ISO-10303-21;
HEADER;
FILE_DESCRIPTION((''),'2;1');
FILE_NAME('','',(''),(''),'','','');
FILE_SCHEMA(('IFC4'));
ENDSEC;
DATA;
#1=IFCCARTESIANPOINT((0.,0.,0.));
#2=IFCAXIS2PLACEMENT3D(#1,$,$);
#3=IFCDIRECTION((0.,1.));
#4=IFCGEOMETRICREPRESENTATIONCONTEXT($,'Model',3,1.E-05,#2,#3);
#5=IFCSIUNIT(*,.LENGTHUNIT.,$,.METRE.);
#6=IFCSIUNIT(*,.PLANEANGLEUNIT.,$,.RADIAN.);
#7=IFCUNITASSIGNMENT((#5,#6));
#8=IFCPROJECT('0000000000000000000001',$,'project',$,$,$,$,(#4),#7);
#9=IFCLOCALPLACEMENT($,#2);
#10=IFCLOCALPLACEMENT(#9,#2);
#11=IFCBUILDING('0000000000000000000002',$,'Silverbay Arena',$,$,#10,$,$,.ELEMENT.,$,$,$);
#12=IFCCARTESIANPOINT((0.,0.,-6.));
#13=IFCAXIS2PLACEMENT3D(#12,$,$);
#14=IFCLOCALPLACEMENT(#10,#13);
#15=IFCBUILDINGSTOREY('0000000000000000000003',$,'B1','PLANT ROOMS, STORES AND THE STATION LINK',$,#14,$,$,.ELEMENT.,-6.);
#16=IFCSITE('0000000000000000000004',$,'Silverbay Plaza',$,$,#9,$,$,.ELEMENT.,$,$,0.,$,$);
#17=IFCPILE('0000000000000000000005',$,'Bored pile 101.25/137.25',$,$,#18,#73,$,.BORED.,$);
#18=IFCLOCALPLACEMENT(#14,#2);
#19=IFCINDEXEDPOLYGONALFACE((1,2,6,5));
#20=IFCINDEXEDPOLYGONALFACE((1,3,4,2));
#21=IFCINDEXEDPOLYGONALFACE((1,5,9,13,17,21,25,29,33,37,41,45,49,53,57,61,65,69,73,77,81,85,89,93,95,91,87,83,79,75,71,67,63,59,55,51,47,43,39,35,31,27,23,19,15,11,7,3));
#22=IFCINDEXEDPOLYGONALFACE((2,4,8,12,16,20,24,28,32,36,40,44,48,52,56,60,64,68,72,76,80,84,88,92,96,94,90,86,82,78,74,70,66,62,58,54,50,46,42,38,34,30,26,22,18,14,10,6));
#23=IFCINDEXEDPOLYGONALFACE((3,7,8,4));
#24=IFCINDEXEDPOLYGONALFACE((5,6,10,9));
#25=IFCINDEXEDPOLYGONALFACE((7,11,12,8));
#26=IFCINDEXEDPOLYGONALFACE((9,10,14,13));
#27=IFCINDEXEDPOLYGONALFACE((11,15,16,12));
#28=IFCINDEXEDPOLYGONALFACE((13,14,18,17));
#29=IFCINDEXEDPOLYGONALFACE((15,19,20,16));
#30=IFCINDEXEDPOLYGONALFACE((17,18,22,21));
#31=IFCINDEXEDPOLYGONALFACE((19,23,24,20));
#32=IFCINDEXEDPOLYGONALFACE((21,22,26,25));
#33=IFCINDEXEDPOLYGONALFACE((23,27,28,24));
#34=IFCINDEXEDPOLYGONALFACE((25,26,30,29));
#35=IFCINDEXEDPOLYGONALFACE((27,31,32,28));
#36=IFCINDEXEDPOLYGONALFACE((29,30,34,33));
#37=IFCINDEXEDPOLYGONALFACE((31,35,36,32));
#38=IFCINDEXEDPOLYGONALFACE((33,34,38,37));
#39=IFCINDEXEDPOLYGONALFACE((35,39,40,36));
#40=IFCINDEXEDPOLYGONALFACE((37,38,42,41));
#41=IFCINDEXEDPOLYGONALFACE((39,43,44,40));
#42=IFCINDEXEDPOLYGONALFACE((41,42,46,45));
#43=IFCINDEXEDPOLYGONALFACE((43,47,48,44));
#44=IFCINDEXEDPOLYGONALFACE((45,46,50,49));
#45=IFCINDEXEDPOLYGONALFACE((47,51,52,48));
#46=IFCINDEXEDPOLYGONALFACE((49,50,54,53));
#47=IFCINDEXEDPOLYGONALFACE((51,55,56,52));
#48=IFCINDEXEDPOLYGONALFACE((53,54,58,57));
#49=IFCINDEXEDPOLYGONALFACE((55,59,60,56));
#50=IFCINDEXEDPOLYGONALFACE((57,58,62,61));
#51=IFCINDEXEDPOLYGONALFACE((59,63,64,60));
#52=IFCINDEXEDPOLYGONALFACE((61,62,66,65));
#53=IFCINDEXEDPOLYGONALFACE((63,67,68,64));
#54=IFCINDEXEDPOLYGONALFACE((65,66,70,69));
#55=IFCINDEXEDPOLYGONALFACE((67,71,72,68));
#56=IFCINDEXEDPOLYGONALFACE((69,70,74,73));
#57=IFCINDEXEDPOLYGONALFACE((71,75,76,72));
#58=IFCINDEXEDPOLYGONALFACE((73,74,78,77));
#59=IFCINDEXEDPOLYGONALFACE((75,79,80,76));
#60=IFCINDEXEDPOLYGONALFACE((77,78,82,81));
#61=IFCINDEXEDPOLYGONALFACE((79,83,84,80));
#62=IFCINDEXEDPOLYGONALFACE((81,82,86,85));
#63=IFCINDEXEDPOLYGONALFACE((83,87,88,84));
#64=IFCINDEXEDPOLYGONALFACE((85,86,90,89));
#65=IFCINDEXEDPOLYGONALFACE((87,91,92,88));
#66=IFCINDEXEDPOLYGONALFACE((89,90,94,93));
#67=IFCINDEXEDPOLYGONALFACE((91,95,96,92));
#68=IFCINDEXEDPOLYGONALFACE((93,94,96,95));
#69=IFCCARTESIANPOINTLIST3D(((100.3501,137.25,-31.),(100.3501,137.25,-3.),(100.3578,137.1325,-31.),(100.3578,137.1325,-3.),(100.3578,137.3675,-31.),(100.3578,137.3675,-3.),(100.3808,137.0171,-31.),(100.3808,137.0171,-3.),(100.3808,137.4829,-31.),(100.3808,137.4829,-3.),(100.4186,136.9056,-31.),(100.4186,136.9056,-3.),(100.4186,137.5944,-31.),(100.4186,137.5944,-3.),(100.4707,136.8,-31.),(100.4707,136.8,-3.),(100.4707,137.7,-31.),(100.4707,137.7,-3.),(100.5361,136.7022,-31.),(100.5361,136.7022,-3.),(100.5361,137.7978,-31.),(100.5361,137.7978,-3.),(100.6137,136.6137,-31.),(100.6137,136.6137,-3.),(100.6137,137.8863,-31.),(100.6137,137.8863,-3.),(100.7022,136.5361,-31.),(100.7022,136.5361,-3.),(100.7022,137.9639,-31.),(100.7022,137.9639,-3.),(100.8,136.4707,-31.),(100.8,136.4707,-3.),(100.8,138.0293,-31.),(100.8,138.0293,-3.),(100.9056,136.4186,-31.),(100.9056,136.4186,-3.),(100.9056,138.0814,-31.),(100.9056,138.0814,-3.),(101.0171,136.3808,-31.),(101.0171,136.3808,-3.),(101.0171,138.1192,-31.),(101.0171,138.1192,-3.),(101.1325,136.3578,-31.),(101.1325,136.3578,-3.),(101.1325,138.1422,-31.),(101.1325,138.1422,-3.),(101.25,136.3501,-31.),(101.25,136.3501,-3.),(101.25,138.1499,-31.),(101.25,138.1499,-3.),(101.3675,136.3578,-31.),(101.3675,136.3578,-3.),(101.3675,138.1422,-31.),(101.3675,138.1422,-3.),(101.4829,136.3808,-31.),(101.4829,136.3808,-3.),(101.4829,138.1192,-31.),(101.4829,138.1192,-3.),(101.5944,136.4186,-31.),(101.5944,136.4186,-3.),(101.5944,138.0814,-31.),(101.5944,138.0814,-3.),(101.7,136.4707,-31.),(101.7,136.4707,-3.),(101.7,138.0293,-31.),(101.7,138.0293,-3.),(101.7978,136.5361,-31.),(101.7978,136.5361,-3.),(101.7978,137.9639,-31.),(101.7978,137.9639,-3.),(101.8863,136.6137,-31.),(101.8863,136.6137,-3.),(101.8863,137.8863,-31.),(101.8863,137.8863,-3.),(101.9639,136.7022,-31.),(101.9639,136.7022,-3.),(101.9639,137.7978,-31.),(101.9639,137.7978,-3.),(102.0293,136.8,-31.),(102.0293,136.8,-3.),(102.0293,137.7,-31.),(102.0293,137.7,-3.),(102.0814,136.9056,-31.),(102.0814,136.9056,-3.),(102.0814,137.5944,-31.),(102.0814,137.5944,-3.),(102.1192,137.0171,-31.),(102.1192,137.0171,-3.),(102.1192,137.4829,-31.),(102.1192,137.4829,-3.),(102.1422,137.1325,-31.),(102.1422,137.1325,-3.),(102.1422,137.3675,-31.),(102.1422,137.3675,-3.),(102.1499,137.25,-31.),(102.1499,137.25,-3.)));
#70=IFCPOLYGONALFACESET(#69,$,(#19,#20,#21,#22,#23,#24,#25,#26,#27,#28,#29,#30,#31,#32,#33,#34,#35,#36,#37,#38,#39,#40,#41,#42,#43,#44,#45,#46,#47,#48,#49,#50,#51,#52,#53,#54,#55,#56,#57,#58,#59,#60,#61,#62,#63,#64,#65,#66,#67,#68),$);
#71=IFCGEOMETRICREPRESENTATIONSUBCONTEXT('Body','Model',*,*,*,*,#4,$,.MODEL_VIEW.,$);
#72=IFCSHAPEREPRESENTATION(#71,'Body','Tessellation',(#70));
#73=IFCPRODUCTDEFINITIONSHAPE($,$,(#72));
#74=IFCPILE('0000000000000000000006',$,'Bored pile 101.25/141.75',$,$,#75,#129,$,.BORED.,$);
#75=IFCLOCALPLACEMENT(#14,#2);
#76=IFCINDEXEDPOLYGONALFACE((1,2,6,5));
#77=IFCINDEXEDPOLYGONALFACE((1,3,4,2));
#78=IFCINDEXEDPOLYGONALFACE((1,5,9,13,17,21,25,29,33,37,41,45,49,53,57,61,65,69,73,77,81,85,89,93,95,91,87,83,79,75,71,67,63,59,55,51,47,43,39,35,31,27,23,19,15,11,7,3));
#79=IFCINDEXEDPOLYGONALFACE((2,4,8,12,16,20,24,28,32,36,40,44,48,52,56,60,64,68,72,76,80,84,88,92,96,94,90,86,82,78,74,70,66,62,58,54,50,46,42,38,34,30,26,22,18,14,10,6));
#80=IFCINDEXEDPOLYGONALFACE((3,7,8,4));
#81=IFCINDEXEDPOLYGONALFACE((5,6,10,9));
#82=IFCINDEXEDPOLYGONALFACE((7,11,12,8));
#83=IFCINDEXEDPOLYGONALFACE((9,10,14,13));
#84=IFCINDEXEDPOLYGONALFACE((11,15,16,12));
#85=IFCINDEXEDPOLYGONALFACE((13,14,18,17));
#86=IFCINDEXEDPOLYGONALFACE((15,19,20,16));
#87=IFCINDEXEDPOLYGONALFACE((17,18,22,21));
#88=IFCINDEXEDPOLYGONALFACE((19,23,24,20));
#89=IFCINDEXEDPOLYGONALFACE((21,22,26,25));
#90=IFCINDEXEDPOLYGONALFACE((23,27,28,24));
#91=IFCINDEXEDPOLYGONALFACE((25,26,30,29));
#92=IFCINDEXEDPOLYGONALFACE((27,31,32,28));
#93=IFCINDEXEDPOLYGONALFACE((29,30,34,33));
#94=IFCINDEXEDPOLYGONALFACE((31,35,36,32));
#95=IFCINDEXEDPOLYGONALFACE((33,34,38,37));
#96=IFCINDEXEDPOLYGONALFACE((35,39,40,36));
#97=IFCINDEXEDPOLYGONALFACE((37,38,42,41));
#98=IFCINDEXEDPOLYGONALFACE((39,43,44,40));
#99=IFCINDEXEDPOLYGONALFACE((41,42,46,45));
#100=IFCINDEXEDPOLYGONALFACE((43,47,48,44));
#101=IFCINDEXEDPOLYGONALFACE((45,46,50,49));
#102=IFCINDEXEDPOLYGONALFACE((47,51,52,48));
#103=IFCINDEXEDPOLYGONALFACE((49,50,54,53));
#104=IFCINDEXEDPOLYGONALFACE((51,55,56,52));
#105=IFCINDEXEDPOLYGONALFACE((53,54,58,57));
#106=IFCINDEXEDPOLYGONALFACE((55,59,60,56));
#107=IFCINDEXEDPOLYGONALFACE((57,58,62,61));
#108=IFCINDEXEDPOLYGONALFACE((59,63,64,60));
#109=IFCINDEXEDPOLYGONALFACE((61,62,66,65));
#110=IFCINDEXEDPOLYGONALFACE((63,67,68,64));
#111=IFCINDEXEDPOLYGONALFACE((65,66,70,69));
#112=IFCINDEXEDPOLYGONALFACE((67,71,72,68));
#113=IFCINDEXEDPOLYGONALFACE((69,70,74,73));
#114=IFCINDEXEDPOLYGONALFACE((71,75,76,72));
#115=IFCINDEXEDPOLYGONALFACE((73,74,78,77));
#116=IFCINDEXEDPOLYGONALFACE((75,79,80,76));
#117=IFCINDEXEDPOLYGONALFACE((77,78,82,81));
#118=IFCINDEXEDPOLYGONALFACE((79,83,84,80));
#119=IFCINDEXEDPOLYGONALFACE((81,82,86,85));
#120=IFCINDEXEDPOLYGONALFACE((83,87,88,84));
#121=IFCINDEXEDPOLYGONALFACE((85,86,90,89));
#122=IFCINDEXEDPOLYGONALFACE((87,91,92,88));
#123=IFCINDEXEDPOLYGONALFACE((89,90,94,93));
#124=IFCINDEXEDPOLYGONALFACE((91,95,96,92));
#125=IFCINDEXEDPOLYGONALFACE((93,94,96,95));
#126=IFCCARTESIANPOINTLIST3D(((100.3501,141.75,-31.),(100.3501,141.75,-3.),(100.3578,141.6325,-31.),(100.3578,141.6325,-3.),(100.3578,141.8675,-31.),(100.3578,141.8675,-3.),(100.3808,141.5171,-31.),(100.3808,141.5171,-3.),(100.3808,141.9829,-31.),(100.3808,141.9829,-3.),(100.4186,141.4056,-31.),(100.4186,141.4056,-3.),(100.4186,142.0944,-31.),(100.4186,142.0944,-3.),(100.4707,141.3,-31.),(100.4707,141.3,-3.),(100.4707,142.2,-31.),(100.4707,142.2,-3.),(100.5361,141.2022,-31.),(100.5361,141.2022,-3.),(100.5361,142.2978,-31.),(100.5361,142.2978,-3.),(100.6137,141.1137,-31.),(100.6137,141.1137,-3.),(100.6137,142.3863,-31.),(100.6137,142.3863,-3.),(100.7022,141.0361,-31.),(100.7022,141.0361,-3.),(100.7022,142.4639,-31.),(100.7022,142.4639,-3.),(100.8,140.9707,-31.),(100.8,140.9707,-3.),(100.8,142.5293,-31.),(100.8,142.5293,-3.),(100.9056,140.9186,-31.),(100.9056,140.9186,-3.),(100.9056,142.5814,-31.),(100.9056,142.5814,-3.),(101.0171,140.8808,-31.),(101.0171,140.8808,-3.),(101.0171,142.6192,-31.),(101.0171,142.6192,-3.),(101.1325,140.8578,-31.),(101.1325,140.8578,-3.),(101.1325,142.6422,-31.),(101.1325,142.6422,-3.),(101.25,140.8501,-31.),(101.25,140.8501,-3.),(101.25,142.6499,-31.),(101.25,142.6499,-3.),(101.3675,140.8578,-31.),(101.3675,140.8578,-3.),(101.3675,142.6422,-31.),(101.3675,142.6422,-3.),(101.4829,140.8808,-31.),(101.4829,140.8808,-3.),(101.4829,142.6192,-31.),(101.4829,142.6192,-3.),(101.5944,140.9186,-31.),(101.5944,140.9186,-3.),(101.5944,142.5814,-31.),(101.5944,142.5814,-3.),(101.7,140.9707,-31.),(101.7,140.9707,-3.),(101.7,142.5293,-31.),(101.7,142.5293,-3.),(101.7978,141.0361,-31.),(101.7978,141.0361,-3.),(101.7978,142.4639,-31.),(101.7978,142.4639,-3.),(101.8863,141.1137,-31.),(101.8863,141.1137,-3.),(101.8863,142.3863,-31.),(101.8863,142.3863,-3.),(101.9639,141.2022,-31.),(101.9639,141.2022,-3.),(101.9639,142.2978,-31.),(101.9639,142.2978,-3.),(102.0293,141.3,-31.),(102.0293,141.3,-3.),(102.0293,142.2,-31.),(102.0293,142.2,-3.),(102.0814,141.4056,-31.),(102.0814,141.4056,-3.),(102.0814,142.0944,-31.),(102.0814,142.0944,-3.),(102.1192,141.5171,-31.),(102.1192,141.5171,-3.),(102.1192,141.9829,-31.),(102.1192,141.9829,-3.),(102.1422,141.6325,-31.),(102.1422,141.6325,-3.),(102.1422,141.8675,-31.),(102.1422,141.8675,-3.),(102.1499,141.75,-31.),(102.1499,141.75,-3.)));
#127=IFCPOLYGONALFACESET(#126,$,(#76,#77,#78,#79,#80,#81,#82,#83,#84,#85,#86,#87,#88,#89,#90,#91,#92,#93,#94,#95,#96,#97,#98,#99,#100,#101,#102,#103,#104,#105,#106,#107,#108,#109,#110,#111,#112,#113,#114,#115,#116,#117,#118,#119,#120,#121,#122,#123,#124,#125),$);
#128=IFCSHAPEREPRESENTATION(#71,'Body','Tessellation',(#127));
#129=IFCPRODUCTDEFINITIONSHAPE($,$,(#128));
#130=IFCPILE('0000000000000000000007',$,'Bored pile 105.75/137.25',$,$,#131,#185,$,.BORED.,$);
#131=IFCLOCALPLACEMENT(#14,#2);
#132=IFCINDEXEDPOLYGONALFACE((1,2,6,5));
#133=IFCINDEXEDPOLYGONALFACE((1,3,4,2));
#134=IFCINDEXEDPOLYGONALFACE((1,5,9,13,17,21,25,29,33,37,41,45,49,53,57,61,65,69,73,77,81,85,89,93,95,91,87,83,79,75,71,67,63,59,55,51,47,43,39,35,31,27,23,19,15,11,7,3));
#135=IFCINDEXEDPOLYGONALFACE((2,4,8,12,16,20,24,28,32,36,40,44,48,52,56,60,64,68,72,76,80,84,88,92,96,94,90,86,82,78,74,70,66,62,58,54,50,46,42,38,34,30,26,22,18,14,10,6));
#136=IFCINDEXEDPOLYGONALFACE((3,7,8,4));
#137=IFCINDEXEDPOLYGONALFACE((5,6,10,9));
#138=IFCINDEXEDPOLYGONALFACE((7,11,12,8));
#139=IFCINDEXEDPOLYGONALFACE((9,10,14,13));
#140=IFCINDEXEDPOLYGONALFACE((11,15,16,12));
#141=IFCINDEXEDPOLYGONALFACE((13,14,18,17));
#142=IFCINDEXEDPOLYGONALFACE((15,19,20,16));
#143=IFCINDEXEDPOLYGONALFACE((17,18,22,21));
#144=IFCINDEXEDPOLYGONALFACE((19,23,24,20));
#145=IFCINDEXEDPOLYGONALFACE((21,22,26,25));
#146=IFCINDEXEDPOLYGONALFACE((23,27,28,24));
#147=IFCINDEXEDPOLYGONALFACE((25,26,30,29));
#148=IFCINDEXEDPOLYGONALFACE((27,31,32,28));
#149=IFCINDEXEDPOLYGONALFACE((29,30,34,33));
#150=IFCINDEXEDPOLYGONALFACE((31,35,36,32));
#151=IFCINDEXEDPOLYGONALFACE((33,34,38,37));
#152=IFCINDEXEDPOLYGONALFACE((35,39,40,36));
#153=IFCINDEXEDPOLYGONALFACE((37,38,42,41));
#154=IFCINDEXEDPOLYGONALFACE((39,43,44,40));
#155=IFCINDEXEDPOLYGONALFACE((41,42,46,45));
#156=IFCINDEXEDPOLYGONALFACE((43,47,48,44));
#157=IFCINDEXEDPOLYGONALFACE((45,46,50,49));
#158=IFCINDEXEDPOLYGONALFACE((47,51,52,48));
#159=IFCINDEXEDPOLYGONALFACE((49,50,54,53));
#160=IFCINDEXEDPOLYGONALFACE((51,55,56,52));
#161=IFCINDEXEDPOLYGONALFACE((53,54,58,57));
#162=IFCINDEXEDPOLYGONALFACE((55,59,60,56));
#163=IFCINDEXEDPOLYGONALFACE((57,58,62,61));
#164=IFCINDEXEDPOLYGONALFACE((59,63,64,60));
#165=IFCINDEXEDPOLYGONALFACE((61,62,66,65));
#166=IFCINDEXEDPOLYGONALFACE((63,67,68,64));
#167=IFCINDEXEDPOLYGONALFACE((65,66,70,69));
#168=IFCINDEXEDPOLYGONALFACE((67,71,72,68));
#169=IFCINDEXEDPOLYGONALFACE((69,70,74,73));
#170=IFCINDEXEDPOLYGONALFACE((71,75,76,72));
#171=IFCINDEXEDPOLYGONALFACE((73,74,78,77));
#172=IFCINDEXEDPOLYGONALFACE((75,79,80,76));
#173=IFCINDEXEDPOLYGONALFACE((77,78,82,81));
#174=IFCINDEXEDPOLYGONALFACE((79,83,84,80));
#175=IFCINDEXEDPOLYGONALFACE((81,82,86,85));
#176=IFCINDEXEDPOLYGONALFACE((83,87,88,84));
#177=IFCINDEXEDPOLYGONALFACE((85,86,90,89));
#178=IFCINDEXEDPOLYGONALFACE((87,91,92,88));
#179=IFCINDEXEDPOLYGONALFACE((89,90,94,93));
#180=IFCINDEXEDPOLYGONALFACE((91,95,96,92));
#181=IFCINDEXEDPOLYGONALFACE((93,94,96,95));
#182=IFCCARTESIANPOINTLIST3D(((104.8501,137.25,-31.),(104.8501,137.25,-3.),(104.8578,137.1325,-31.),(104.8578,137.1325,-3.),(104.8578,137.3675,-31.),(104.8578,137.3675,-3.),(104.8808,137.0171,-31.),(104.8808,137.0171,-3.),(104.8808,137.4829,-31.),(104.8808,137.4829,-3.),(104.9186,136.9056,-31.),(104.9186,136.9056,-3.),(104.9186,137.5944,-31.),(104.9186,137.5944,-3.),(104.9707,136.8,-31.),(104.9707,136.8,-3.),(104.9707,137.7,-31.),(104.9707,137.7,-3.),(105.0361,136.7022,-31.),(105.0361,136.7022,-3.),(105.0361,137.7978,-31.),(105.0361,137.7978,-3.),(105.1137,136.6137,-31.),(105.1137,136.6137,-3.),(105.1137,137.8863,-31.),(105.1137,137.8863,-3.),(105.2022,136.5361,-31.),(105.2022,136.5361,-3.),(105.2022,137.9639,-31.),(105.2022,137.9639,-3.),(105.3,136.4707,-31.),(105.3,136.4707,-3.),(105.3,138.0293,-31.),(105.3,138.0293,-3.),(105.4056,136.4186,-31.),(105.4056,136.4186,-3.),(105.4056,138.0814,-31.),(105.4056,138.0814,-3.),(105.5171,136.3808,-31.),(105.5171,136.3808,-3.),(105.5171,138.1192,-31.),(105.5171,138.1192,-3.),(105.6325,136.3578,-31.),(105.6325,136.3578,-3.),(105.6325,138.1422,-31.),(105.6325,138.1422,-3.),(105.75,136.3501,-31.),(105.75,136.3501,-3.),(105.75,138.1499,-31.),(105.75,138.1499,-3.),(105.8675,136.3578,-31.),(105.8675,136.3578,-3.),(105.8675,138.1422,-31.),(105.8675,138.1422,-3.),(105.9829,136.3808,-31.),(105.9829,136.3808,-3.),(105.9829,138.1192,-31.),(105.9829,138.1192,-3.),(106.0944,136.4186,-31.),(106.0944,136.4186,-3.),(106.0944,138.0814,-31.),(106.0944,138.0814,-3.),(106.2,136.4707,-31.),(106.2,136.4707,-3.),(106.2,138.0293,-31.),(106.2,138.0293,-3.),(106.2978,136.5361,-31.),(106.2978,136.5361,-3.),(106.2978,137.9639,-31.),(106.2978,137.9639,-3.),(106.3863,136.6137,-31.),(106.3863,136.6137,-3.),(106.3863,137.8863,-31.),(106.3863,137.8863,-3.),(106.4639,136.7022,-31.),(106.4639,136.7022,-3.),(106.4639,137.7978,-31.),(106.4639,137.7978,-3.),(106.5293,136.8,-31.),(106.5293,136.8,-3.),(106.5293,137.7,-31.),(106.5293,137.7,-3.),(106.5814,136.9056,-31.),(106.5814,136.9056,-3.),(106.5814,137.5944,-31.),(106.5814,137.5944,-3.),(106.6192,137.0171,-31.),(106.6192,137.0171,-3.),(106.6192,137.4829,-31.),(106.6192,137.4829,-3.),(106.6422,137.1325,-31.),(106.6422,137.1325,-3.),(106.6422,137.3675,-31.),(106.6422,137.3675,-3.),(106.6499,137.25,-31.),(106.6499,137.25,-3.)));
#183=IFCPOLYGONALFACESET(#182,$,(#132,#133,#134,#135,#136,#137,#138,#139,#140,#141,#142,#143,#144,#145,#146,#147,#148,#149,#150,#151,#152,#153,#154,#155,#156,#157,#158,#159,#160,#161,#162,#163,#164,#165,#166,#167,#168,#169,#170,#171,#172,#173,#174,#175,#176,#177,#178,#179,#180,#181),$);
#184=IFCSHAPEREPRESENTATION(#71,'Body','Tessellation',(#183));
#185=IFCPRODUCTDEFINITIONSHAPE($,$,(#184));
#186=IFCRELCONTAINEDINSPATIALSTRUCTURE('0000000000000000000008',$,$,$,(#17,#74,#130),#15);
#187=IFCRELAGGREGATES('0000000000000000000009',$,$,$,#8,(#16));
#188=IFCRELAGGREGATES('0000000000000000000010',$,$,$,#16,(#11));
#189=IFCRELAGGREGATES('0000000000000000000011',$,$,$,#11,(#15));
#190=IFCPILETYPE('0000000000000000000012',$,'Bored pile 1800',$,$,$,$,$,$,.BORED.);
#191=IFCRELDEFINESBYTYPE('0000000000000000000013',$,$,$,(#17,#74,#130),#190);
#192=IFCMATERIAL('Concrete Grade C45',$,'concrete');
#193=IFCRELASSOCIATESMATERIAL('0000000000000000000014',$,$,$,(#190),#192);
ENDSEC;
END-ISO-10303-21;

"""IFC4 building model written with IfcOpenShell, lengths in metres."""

from ifc_helpers import new_model, si_unit, direction, frame, origin, origin_2d, place, context, subcontext, project, spatial, circle, extrude, material, material_profile, profile_set, type_object, element, save


model = new_model("IFC4")

# Units and contexts
model_context = context("Model", 3, precision=1e-05, world=origin(), true_north=direction((0.0, 1.0)))
body_context = subcontext(model_context, "Body", "Model", "MODEL_VIEW")
ifc_project = project(units=[si_unit("LENGTHUNIT", "METRE"), si_unit("PLANEANGLEUNIT", "RADIAN")], contexts=[model_context])

# Site, building, storey
site_placement = place(None, origin())
site = spatial("IfcSite", under=ifc_project, at=site_placement, Name="Silverbay Plaza", CompositionType="ELEMENT", RefElevation=0.0)
building_placement = place(site_placement, origin())
building = spatial("IfcBuilding", under=site, at=building_placement, Name="Silverbay Arena", CompositionType="ELEMENT")
storey_placement = place(building_placement, frame((0.0, 0.0, -6.0)))
storey = spatial("IfcBuildingStorey", under=building, at=storey_placement, Name="B1", Description="PLANT ROOMS, STORES AND THE STATION LINK", CompositionType="ELEMENT", Elevation=-6.0)

# Piles
ifc_material_1 = material(Name="Concrete Grade C45", Category="concrete")
ifc_material_profile = material_profile(ifc_material_1, circle(Radius=0.8999, at=origin_2d()), Name="Bored pile 1800")
ifc_profile_set = profile_set([ifc_material_profile], Name="Concrete Grade C45")
pile_type = type_object("IfcPileType", Name="Bored pile 1800", PredefinedType="BORED", material=ifc_profile_set)
for number, where, z_axis, x_axis, name in (
    (1, (101.25, 137.25, -3.0), (0.0, 0.0, -1.0), (1.0, 0.0, 0.0), "Bored pile 101.25/137.25"),
    (2, (101.25, 141.75, -3.0), (0.0, 0.0, -1.0), (1.0, 0.0, 0.0), "Bored pile 101.25/141.75"),
    (3, (105.75, 137.25, -3.0), (0.0, 0.0, -1.0), (1.0, 0.0, 0.0), "Bored pile 105.75/137.25"),
):
    element("IfcPile", number, at=place(storey_placement, frame(where, z_axis=z_axis, x_axis=x_axis)), inside=storey, type_object=pile_type, Name=name, PredefinedType="BORED", context=body_context, shape_type="SweptSolid", body=[
        extrude(circle(Radius=0.8999, at=origin_2d()), origin(), (0.0, 0.0, 1.0), 28.0),
    ])

save(model, "model.ifc")
